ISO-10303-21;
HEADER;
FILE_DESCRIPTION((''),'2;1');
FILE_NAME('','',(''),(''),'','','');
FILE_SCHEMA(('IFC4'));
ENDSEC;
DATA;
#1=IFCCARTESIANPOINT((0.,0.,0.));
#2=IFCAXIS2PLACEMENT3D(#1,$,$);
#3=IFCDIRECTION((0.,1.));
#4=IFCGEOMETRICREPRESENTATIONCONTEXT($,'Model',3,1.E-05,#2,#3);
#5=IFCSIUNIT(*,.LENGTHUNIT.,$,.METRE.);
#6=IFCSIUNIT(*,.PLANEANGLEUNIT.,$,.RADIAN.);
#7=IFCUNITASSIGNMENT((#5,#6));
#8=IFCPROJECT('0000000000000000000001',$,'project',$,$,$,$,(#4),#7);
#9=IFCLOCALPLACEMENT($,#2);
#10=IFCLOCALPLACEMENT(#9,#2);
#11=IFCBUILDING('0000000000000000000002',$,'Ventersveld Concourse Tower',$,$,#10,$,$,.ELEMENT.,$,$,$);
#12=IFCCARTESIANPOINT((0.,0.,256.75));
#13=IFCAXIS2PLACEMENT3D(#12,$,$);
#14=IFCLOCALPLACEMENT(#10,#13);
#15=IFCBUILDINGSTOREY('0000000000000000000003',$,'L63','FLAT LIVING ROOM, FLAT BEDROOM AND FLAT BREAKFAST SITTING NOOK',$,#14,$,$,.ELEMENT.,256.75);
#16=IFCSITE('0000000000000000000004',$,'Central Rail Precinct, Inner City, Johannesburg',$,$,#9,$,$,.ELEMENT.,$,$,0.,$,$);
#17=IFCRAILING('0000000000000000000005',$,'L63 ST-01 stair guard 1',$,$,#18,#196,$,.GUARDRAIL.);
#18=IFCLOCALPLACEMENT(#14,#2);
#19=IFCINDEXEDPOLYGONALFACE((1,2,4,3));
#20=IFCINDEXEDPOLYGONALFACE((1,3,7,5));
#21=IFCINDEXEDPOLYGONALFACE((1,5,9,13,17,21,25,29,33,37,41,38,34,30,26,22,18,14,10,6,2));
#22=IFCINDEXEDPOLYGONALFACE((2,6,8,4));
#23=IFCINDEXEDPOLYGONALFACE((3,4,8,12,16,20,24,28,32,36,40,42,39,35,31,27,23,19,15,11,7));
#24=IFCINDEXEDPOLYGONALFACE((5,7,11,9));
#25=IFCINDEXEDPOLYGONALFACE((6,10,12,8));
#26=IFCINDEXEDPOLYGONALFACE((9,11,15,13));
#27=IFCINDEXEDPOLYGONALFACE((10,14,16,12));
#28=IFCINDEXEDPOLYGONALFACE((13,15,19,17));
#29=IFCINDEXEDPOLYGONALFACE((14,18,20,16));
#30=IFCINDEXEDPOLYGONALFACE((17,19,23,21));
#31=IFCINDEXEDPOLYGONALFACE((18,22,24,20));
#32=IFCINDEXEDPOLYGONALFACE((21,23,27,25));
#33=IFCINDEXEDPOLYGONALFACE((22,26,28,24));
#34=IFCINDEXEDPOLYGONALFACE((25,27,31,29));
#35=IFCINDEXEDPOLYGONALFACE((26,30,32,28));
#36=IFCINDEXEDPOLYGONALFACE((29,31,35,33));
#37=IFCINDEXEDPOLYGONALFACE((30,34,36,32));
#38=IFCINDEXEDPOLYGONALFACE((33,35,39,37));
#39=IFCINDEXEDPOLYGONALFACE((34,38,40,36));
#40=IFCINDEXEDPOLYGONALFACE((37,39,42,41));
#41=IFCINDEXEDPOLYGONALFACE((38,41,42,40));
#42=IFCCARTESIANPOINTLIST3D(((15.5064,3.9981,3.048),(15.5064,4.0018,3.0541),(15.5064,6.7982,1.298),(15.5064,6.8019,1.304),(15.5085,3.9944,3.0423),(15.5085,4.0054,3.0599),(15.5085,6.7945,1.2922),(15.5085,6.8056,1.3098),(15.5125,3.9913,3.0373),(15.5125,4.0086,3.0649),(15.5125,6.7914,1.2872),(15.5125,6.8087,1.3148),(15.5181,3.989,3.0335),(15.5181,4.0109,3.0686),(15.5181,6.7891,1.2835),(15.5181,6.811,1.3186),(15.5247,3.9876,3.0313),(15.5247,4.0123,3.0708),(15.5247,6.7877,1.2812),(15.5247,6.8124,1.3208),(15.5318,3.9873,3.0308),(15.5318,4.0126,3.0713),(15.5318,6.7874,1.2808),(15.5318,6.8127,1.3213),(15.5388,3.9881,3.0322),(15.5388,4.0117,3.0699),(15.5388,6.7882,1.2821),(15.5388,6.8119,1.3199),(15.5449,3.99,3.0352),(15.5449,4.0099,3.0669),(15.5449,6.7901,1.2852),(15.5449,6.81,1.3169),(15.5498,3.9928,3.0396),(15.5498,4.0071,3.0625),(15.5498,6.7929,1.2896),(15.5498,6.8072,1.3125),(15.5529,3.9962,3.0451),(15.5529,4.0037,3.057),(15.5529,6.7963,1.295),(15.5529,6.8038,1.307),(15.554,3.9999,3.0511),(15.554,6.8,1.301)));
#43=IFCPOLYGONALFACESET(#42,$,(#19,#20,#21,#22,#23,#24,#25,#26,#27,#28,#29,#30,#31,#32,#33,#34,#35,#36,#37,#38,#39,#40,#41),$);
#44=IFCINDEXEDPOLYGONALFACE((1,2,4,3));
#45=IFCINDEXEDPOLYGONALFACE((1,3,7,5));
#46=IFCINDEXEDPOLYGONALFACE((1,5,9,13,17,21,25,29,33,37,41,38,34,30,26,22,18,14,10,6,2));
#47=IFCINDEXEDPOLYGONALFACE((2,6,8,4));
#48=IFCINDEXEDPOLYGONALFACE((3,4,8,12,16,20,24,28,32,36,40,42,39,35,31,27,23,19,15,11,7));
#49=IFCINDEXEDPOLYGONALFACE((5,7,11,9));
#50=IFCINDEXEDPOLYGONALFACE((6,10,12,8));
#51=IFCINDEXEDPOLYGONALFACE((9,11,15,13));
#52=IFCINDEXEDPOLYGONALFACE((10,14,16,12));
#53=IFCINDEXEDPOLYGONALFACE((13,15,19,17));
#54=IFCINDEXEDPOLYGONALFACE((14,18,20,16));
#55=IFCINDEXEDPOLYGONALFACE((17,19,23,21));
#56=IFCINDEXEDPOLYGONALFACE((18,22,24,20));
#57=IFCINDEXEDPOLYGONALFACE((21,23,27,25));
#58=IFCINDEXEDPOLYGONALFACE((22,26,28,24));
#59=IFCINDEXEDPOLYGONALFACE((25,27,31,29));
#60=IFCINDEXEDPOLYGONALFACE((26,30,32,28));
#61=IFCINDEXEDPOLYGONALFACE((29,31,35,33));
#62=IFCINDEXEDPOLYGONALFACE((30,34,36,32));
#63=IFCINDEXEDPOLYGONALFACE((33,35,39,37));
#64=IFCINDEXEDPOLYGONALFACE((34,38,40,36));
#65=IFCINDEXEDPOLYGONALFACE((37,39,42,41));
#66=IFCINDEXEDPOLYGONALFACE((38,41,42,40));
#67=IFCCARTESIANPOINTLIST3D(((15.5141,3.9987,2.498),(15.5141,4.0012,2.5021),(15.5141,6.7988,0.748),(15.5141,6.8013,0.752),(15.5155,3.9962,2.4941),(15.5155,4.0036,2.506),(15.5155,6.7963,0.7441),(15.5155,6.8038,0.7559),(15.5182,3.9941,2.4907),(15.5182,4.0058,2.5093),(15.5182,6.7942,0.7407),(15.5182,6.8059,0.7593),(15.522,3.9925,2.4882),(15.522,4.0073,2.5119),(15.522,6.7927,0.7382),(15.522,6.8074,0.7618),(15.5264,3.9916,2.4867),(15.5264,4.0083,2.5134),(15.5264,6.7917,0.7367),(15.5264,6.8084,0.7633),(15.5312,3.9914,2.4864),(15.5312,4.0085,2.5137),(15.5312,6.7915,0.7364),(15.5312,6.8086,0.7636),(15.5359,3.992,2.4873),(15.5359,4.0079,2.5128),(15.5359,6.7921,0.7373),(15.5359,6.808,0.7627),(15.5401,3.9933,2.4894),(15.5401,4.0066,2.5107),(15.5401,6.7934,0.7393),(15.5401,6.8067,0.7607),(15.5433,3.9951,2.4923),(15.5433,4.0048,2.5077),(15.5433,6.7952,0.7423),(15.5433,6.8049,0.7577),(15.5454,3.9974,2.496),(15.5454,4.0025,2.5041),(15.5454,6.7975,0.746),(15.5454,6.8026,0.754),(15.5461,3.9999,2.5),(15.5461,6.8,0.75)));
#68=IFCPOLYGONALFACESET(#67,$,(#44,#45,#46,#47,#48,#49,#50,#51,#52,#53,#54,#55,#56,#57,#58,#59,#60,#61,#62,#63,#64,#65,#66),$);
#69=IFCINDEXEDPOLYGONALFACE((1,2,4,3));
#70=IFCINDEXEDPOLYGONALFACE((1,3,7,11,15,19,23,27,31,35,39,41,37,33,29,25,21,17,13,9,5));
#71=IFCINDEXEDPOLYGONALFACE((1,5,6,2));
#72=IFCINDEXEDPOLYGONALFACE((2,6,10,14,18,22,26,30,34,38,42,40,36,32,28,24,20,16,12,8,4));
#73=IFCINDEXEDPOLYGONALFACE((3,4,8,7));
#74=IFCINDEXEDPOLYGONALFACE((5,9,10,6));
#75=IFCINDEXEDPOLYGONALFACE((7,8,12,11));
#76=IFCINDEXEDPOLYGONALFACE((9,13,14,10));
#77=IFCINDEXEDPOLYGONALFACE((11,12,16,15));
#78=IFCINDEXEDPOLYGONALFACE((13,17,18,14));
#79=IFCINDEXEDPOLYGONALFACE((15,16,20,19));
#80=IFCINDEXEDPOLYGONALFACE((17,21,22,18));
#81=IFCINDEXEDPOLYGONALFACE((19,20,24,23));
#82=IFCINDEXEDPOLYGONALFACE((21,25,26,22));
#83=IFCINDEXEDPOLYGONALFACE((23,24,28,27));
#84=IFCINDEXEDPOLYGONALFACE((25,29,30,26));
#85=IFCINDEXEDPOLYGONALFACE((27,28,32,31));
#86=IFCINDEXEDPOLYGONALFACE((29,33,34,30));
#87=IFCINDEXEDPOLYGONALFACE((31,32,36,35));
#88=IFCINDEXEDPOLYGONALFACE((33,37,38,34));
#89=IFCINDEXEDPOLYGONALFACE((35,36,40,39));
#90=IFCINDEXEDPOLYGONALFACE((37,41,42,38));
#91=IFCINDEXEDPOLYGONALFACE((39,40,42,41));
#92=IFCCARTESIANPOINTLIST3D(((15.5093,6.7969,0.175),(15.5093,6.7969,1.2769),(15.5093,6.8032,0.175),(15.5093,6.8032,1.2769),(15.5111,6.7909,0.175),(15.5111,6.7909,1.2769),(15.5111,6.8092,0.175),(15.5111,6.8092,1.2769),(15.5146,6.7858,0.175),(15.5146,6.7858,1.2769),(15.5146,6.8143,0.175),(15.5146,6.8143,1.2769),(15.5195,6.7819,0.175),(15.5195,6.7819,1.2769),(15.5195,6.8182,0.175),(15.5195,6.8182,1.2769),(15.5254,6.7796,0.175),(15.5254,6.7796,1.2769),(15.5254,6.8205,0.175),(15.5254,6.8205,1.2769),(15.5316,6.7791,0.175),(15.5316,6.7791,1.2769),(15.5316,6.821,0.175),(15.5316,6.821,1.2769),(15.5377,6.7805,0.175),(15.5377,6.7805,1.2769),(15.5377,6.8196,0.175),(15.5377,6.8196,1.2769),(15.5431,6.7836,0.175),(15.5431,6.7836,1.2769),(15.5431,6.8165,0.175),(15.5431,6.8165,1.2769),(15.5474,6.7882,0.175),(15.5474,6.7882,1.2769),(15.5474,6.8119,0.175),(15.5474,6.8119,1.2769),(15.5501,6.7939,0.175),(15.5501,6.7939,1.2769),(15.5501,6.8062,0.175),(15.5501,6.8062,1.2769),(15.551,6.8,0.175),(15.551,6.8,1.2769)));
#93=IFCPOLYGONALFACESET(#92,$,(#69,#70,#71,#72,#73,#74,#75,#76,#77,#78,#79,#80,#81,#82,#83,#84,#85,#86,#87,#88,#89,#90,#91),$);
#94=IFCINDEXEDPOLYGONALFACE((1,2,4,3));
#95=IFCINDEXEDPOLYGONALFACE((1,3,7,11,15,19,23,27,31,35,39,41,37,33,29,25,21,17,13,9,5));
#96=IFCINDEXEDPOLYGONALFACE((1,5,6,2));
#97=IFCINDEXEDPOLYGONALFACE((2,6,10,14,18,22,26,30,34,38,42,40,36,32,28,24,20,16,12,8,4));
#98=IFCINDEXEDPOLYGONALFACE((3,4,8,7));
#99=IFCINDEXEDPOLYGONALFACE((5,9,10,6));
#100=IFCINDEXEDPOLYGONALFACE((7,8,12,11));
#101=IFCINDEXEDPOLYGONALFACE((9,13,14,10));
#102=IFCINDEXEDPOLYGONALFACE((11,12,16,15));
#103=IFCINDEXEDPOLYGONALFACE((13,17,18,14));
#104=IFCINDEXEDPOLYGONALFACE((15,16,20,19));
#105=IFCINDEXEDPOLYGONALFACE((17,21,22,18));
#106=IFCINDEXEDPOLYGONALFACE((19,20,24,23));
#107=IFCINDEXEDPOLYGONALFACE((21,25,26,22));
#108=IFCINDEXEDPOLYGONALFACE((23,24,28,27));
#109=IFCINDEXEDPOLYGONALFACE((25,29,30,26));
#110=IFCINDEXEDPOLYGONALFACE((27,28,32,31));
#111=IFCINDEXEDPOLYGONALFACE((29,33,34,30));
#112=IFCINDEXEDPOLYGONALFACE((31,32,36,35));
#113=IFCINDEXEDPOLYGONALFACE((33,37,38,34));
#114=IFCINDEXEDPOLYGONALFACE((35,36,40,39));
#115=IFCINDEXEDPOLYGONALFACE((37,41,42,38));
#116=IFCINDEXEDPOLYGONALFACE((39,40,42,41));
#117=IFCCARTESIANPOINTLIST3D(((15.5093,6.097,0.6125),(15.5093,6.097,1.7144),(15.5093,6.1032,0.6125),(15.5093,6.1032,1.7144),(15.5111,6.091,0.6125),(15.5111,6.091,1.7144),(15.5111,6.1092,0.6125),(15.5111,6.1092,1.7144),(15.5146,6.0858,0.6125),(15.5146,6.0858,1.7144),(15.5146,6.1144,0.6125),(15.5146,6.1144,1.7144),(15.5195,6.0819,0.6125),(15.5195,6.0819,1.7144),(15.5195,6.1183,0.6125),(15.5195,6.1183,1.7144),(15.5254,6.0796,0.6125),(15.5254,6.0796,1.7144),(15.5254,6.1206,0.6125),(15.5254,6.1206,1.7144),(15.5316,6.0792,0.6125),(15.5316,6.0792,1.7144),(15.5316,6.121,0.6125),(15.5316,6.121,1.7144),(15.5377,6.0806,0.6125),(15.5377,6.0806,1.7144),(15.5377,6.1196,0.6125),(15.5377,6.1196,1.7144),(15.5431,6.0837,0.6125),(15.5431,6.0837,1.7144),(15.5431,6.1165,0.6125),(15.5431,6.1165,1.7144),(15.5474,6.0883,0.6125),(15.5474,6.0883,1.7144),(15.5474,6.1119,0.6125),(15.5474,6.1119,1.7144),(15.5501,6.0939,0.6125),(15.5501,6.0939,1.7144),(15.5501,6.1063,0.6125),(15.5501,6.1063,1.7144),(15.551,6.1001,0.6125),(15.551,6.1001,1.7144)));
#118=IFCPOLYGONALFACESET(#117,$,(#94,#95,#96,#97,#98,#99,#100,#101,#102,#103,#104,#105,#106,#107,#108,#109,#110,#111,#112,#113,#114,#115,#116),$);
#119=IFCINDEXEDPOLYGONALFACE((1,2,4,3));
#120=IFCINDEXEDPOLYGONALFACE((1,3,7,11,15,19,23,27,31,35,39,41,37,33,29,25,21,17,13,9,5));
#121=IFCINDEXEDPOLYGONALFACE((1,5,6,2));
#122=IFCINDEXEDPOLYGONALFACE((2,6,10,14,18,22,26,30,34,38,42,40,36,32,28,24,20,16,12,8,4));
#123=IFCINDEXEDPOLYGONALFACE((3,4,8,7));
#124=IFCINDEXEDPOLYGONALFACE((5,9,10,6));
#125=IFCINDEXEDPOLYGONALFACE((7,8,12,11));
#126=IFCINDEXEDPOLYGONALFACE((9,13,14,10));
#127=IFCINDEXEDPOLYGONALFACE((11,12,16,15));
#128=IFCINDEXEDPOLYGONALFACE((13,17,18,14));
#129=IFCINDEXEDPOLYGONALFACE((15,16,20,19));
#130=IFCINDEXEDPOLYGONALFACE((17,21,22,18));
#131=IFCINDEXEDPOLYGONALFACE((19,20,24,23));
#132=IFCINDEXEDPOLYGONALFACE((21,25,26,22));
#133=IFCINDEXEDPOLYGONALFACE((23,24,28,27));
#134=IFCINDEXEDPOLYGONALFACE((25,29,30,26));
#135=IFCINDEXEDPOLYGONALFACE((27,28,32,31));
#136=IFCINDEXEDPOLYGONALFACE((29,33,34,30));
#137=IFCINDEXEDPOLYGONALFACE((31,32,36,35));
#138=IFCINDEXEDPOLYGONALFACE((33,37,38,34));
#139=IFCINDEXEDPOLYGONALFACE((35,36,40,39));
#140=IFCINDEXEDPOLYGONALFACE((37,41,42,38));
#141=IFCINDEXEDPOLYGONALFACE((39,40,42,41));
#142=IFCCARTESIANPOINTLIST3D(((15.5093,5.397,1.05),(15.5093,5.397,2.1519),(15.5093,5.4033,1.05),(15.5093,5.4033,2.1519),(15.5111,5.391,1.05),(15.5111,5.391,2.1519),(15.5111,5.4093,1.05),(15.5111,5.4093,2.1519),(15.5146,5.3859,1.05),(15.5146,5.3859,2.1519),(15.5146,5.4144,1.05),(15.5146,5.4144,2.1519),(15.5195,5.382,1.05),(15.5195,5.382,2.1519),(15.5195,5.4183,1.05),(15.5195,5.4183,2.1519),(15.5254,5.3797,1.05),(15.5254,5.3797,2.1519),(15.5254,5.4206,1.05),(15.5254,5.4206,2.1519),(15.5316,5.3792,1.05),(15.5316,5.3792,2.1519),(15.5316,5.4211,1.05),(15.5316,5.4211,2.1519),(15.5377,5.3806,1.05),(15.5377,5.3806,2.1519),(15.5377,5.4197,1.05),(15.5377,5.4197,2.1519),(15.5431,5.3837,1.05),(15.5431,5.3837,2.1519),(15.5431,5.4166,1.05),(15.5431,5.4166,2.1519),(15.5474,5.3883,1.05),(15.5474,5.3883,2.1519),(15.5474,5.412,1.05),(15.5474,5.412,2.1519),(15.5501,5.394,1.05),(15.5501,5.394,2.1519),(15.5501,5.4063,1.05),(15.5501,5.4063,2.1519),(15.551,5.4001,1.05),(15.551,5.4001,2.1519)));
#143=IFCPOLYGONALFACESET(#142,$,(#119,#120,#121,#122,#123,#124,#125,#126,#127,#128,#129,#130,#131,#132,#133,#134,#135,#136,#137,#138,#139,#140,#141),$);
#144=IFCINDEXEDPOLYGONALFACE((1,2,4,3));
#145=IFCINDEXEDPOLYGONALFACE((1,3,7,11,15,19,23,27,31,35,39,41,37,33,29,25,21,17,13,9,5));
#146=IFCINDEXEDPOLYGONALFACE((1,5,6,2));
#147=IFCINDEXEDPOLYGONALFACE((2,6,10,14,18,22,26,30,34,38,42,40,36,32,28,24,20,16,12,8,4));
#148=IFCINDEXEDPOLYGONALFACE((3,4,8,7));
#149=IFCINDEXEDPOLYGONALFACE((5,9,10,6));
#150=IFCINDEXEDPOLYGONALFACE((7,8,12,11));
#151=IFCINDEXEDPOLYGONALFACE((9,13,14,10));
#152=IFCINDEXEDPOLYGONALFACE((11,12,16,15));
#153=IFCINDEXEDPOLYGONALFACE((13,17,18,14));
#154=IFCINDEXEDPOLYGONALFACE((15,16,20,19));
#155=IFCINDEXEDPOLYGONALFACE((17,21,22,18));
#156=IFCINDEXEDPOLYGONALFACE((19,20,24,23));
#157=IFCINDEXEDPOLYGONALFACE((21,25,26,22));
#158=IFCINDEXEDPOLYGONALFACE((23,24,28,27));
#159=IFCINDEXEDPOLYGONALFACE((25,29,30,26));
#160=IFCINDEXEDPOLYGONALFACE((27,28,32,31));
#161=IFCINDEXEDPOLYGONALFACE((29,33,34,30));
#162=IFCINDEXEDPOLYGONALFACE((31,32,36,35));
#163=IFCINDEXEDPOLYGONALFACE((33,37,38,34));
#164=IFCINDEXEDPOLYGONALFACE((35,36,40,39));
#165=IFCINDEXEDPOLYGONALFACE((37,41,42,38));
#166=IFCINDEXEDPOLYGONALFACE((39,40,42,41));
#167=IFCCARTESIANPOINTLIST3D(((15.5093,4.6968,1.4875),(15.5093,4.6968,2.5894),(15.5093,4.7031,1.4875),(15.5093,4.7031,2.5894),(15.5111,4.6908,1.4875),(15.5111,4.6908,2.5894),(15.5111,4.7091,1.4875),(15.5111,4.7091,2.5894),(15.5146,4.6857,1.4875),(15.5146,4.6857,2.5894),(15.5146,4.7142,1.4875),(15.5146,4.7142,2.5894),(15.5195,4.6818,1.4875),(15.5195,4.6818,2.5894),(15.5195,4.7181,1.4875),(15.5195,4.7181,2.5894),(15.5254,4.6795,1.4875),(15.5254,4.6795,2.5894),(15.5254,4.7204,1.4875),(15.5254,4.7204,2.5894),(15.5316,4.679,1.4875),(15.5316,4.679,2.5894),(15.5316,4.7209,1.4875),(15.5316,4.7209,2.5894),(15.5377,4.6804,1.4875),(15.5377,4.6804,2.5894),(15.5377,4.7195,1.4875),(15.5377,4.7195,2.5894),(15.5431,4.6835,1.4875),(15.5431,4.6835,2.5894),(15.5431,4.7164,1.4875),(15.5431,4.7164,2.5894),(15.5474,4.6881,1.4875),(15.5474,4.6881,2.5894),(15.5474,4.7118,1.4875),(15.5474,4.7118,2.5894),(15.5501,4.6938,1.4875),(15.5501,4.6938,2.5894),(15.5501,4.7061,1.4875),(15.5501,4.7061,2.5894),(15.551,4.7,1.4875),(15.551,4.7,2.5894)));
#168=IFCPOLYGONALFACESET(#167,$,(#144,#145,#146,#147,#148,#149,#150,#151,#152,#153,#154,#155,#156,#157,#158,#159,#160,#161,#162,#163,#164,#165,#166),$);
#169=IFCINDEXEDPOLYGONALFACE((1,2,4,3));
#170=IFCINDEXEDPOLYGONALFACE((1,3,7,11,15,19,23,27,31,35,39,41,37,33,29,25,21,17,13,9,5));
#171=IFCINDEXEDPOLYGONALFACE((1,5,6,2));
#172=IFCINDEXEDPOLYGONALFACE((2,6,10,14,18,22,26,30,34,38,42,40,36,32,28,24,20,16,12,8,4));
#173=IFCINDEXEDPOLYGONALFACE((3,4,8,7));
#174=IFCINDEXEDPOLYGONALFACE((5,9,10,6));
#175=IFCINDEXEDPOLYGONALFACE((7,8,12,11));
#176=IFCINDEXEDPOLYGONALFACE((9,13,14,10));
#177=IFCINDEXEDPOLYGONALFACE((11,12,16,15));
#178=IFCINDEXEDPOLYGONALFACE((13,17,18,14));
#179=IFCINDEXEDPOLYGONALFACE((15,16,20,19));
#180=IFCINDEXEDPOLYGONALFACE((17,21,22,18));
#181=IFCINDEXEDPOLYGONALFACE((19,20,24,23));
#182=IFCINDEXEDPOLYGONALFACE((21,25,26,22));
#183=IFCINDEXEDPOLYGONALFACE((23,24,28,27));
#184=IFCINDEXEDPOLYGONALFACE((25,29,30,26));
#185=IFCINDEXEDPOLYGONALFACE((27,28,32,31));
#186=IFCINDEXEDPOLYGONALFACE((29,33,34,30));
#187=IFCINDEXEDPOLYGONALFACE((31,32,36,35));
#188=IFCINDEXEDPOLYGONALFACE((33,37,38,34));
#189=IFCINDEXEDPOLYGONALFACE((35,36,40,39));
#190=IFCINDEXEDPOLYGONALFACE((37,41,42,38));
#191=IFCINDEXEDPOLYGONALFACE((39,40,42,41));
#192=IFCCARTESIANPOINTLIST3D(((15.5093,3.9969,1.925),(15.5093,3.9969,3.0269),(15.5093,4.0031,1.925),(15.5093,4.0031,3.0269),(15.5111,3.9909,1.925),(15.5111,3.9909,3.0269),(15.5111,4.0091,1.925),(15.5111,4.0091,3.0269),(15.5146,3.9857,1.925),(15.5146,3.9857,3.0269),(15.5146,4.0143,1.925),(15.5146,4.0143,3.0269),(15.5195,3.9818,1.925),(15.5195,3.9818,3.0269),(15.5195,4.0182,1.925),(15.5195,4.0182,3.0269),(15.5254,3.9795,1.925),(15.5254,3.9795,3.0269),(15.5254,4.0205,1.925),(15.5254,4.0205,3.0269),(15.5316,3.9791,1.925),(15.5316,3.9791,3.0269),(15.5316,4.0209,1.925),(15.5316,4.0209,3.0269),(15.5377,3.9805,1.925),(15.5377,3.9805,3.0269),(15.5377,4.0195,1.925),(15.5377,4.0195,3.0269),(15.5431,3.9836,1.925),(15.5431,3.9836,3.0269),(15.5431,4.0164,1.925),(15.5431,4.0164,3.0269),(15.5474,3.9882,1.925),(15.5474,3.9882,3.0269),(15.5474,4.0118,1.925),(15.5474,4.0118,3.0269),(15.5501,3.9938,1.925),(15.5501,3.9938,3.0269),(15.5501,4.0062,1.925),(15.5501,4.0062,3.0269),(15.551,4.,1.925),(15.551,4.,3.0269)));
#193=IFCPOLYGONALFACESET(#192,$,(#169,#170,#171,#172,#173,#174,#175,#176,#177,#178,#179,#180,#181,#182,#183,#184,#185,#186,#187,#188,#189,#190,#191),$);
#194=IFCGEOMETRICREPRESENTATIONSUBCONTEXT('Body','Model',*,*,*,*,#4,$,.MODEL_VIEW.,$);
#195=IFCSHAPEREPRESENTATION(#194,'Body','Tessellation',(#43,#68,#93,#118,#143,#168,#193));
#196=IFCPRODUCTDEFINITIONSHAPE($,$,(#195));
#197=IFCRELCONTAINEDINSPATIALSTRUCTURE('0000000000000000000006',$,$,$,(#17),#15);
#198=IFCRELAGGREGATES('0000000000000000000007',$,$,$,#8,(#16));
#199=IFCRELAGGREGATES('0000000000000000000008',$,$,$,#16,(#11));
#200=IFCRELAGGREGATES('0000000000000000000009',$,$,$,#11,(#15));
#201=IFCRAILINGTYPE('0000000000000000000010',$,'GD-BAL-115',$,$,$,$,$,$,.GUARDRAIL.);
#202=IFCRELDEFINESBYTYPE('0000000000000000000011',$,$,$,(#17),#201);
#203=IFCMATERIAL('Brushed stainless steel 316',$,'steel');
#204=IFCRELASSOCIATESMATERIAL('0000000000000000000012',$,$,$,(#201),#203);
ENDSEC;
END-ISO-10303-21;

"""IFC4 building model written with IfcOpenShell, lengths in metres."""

from ifc_helpers import new_model, si_unit, direction, frame, origin, origin_2d, place, context, subcontext, project, spatial, circle, extrude, material, type_object, element, save


model = new_model("IFC4")

# Units and contexts
model_context = context("Model", 3, precision=1e-05, world=origin(), true_north=direction((0.0, 1.0)))
body_context = subcontext(model_context, "Body", "Model", "MODEL_VIEW")
ifc_project = project(units=[si_unit("LENGTHUNIT", "METRE"), si_unit("PLANEANGLEUNIT", "RADIAN")], contexts=[model_context])

# Site, building, storey
site_placement = place(None, origin())
site = spatial("IfcSite", under=ifc_project, at=site_placement, Name="Central Rail Precinct, Inner City, Johannesburg", CompositionType="ELEMENT", RefElevation=0.0)
building_placement = place(site_placement, origin())
building = spatial("IfcBuilding", under=site, at=building_placement, Name="Ventersveld Concourse Tower", CompositionType="ELEMENT")
storey_placement = place(building_placement, frame((0.0, 0.0, 256.75)))
storey = spatial("IfcBuildingStorey", under=building, at=storey_placement, Name="L63", Description="FLAT LIVING ROOM, FLAT BEDROOM AND FLAT BREAKFAST SITTING NOOK", CompositionType="ELEMENT", Elevation=256.75)

# Railing
ifc_material_1 = material(Name="Brushed stainless steel 316", Category="steel")
railing_type_1 = type_object("IfcRailingType", Name="GD-BAL-115", PredefinedType="GUARDRAIL", material=ifc_material_1)
railing_1_placement = place(storey_placement, frame((15.53, 6.8, 0.175)))
element("IfcRailing", 1, at=railing_1_placement, inside=storey, type_object=railing_type_1, Name="L63 ST-01 stair guard 1", PredefinedType="GUARDRAIL", context=body_context, shape_type="SweptSolid", body=[
    extrude(circle(Radius=0.0239, at=origin_2d()), frame((0.0, 0.0, 1.126), z_axis=(0.0, -0.848002, 0.529992), x_axis=(1.0, 0.0, 0.0)), (0.0, 0.0, 1.0), 3.302),
    extrude(circle(Radius=0.0161, at=origin_2d()), frame((0.0, 0.0, 0.575), z_axis=(0.0, -0.848002, 0.529992), x_axis=(1.0, 0.0, 0.0)), (0.0, 0.0, 1.0), 3.302),
    extrude(circle(Radius=0.021, at=origin_2d()), origin(), (0.0, 0.0, 1.0), 1.1018),
    extrude(circle(Radius=0.021, at=origin_2d()), frame((0.0, -0.7, 0.4375)), (0.0, 0.0, 1.0), 1.1018),
    extrude(circle(Radius=0.021, at=origin_2d()), frame((0.0, -1.3999, 0.875)), (0.0, 0.0, 1.0), 1.1018),
    extrude(circle(Radius=0.021, at=origin_2d()), frame((0.0, -2.1001, 1.3125)), (0.0, 0.0, 1.0), 1.1018),
    extrude(circle(Radius=0.021, at=origin_2d()), frame((0.0, -2.8, 1.75)), (0.0, 0.0, 1.0), 1.1018),
])

save(model, "model.ifc")
